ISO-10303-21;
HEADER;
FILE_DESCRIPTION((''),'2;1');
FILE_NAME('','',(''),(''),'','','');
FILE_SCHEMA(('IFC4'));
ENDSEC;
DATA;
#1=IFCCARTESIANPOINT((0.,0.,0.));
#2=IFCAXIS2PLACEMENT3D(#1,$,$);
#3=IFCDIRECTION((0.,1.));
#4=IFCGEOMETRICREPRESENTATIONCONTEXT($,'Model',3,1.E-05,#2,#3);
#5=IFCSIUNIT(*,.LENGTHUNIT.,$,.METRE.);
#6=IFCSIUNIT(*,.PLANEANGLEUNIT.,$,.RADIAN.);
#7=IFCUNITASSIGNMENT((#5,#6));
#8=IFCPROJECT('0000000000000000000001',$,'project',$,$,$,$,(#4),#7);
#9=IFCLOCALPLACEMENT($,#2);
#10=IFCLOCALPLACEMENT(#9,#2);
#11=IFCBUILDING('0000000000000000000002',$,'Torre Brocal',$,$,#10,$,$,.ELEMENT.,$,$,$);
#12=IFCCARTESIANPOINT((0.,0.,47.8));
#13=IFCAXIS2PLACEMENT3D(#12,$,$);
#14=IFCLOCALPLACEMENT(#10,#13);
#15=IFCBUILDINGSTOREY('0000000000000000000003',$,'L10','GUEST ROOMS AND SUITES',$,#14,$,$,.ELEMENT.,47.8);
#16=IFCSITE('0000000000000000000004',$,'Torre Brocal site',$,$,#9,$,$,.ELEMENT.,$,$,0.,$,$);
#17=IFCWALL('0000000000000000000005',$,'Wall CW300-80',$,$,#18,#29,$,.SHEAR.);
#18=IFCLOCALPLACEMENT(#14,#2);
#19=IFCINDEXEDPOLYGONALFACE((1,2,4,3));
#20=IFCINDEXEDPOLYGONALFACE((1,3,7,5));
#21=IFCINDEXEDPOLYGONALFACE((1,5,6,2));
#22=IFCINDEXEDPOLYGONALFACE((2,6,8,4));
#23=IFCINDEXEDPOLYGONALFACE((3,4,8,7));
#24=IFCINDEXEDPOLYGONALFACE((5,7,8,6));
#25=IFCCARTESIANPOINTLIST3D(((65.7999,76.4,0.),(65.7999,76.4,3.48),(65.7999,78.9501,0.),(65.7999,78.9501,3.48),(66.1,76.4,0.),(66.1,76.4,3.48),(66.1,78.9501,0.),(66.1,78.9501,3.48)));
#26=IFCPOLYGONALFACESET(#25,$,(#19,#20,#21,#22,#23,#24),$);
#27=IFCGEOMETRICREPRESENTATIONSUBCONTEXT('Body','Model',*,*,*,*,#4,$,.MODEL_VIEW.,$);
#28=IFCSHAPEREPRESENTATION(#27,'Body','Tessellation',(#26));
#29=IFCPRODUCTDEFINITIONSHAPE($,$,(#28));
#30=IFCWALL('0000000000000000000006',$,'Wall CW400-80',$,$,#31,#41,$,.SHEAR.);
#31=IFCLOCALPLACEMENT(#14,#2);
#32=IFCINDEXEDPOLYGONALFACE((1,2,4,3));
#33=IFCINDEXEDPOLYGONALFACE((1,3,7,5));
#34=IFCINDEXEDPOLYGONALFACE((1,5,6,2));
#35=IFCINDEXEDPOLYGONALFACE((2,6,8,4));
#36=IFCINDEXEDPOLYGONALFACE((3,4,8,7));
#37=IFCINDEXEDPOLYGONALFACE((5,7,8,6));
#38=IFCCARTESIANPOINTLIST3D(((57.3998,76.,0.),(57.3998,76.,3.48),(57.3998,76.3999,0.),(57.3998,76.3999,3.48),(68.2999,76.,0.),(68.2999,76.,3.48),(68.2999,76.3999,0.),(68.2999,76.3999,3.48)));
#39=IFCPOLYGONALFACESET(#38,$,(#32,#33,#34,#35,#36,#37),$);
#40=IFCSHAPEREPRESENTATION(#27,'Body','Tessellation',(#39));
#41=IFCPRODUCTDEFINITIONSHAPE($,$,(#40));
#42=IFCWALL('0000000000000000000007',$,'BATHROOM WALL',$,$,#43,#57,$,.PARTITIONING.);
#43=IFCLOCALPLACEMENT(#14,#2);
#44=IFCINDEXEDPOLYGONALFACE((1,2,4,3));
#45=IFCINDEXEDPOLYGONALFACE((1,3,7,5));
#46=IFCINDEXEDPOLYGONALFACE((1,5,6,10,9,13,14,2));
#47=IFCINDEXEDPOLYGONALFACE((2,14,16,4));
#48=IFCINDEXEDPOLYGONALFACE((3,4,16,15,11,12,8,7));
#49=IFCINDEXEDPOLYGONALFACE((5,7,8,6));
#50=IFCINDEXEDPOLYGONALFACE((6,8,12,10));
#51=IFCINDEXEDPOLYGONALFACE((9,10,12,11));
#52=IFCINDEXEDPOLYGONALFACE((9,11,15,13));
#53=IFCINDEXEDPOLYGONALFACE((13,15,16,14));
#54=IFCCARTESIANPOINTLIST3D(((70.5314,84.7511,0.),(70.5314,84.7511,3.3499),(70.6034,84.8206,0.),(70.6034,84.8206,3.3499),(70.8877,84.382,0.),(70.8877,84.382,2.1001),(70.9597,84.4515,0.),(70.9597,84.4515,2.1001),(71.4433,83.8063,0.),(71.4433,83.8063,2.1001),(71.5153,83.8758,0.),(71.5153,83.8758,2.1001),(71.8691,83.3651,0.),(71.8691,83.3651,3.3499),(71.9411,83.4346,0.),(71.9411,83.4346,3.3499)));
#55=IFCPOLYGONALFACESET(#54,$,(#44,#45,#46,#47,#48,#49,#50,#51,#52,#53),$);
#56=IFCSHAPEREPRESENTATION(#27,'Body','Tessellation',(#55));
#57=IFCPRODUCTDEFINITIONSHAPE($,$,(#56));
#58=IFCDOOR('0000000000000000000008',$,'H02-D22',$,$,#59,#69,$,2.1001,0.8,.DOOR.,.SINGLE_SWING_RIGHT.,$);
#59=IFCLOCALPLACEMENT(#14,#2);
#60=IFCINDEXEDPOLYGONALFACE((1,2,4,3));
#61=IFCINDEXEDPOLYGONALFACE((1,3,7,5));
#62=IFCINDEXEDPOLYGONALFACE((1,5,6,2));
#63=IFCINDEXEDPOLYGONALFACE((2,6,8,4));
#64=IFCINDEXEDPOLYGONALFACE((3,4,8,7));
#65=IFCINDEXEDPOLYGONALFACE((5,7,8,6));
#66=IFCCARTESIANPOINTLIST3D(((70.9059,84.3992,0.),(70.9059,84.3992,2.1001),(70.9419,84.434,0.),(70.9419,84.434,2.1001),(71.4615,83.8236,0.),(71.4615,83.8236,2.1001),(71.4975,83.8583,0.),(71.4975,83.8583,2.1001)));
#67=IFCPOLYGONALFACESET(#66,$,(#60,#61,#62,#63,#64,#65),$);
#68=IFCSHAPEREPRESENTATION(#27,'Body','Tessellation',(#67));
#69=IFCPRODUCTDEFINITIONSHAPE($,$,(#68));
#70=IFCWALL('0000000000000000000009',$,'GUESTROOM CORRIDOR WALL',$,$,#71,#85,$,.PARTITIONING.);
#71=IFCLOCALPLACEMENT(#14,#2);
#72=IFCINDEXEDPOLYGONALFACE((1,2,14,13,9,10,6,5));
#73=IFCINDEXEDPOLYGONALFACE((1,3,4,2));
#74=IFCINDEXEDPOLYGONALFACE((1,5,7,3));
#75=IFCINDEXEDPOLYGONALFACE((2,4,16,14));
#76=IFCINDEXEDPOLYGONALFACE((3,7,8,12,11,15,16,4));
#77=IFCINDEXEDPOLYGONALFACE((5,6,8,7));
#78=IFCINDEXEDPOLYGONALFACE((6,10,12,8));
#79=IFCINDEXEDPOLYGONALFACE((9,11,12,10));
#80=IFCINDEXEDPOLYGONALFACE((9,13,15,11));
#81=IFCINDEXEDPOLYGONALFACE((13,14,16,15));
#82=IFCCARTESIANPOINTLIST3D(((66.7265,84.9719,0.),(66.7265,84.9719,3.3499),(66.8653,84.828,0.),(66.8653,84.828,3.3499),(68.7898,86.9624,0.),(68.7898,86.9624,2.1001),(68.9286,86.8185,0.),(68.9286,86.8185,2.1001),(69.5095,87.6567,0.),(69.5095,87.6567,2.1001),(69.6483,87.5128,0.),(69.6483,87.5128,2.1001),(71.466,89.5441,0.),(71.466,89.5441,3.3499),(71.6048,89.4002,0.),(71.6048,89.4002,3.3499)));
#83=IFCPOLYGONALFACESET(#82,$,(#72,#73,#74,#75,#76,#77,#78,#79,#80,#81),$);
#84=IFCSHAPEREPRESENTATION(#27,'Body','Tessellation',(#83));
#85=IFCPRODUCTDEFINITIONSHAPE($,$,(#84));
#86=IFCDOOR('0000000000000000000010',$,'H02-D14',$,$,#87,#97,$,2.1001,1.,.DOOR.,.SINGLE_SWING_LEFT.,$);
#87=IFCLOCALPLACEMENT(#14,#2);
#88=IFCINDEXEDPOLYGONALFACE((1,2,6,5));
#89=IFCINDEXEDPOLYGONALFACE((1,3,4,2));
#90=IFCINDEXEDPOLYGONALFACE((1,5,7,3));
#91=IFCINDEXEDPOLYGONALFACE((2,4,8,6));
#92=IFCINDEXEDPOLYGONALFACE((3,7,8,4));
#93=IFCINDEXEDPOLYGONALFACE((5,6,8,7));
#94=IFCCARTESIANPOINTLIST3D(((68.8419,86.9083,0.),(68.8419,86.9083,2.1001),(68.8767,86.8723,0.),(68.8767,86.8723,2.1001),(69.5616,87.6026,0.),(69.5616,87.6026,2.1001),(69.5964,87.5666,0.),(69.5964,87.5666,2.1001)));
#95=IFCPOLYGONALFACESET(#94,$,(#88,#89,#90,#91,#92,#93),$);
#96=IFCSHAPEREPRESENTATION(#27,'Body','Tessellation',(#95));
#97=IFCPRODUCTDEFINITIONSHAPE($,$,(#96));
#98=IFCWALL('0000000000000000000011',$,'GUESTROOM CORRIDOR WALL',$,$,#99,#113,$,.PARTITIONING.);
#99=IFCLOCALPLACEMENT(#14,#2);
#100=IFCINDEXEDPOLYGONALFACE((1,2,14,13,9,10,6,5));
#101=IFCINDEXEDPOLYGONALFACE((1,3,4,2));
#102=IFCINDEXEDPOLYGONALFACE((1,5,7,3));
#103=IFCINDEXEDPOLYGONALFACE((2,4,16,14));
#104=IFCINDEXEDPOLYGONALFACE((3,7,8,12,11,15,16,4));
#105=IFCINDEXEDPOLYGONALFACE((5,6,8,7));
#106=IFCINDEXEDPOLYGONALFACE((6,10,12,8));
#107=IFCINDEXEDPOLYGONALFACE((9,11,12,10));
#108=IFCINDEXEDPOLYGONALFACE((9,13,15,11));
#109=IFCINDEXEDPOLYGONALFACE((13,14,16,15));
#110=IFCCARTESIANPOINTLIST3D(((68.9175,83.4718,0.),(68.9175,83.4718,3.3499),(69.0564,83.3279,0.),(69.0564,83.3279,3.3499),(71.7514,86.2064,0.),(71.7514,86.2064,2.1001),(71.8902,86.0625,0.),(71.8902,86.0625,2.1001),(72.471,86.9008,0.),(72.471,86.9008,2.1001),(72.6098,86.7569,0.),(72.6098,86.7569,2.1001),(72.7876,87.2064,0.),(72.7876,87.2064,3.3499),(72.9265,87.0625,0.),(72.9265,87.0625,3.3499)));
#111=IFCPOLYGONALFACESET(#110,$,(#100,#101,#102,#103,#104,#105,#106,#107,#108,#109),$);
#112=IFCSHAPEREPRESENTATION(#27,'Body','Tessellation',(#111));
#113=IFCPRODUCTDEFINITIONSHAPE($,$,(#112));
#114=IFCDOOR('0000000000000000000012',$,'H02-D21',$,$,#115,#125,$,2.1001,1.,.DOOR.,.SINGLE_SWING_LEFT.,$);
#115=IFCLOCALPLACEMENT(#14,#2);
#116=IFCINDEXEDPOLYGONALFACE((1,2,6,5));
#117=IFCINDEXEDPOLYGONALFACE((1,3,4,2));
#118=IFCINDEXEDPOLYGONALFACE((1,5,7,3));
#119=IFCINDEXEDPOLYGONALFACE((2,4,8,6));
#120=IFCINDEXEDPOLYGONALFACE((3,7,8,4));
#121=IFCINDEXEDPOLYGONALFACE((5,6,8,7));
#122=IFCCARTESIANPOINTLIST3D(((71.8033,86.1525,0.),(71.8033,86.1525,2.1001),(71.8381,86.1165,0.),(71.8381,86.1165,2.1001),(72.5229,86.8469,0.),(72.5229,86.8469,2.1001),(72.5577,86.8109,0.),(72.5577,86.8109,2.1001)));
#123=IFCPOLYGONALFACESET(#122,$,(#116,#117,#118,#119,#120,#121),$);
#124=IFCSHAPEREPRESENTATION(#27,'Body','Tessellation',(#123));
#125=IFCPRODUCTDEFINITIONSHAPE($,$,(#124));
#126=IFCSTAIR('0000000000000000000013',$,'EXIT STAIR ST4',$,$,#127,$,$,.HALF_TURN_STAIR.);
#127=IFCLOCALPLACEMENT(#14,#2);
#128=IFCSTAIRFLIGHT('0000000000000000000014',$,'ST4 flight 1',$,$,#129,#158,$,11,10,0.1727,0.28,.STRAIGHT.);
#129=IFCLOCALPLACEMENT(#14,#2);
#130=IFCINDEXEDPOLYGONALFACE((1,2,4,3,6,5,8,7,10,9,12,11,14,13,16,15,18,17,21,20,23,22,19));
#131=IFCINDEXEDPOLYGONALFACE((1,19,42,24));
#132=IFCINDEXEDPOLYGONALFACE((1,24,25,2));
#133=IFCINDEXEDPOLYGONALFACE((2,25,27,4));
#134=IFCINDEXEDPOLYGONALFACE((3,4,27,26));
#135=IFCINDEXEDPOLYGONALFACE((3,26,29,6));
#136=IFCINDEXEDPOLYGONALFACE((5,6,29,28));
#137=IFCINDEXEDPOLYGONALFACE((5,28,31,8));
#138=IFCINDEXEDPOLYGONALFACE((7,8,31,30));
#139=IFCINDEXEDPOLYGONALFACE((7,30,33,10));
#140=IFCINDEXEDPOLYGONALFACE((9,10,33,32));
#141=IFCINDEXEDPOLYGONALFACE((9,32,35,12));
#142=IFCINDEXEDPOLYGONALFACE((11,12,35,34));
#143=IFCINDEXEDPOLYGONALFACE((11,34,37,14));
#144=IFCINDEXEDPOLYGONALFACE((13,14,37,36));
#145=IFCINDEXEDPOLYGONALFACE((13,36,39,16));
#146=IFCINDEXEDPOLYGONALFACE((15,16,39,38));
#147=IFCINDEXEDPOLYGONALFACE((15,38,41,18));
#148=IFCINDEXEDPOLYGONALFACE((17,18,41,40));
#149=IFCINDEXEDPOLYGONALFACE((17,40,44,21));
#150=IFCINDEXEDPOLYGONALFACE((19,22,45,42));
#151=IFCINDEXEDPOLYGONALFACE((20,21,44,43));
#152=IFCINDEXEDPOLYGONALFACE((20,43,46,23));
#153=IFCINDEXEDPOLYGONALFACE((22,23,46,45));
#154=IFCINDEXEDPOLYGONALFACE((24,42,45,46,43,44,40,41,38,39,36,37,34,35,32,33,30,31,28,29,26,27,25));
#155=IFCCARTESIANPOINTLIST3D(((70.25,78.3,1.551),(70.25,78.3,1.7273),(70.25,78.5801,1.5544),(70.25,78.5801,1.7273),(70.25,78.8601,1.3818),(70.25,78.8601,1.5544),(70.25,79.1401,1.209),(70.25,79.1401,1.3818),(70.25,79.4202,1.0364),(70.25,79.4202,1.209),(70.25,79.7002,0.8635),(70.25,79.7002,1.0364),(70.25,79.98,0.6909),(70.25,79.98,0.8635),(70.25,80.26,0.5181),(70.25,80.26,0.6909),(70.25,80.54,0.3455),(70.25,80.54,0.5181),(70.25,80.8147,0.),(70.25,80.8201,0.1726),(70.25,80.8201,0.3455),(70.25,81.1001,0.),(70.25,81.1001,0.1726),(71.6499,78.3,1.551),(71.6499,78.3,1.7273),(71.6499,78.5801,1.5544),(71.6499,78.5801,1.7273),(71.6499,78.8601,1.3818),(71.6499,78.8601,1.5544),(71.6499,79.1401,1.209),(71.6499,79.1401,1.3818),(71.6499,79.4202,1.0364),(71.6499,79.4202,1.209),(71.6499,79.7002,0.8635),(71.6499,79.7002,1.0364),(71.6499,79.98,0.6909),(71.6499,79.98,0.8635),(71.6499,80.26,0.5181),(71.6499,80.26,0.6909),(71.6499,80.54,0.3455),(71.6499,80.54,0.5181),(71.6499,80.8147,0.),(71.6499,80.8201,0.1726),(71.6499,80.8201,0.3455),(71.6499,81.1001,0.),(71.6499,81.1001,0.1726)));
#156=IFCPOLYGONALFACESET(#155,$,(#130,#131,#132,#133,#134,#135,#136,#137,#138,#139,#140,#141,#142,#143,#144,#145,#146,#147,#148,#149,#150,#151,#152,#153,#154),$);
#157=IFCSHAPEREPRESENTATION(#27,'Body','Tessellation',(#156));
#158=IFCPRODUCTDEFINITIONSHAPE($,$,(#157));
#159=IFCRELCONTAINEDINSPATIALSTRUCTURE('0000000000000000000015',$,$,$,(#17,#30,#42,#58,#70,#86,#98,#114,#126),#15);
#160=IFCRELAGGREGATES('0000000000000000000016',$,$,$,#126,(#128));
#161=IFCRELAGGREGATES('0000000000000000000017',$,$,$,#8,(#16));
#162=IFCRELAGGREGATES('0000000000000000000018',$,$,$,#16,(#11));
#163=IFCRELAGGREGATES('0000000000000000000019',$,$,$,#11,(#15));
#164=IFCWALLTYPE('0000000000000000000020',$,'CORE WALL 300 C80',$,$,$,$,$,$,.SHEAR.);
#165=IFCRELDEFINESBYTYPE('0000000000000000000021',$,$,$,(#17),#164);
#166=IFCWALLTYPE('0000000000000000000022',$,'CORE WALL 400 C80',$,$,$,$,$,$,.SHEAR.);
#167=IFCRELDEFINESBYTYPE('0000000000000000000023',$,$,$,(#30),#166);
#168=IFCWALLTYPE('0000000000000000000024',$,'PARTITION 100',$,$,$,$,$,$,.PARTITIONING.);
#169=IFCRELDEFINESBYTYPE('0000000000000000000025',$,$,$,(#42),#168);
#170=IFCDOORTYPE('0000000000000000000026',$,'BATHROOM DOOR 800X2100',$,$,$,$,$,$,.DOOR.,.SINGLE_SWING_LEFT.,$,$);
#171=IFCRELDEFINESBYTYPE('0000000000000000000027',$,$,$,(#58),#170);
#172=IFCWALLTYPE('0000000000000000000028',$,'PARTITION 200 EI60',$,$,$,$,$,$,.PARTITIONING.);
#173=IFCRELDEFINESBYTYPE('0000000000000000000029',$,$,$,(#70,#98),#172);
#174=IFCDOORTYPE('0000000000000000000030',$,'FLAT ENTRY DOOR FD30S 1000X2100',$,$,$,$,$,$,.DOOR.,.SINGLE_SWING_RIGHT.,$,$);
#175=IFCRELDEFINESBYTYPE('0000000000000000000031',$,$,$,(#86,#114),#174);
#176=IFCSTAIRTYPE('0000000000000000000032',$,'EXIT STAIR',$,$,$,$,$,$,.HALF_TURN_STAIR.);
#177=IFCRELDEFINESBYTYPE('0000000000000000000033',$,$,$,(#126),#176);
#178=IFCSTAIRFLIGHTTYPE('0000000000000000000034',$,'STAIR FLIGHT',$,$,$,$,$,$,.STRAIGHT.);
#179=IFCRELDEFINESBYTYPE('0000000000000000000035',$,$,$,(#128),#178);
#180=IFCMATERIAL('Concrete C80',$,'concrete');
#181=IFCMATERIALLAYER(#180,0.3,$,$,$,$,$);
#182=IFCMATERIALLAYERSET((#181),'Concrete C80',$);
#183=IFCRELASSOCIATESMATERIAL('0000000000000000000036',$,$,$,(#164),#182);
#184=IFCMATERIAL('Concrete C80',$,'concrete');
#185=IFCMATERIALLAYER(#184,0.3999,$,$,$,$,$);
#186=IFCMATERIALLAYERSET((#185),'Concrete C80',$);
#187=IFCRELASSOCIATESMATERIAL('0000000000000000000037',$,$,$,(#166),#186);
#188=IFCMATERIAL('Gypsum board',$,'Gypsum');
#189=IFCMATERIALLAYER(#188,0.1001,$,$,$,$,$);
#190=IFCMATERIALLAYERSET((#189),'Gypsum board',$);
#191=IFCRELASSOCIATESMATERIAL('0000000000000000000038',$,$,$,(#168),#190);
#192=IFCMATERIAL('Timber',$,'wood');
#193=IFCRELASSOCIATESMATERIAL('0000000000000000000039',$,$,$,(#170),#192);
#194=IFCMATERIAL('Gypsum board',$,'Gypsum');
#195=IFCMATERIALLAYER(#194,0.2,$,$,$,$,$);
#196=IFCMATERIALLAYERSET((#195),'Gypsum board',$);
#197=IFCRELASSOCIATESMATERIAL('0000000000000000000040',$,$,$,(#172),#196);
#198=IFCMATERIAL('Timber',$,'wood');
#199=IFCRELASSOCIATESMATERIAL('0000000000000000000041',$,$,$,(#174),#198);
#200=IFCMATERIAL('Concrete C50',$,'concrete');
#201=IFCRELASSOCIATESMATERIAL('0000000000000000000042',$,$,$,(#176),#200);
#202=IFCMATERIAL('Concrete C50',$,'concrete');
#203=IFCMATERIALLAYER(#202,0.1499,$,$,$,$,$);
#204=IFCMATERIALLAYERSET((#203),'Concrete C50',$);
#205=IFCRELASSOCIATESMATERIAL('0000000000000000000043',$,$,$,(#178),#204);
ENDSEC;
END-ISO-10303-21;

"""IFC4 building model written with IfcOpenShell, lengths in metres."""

from ifc_helpers import new_model, si_unit, direction, frame, frame_2d, origin, place, context, subcontext, project, spatial, polyline, rectangle, outline, extrude, material, layer, layer_set, type_object, element, fill, aggregate, save


model = new_model("IFC4")

# Units and contexts
model_context = context("Model", 3, precision=1e-05, world=origin(), true_north=direction((0.0, 1.0)))
body_context = subcontext(model_context, "Body", "Model", "MODEL_VIEW")
ifc_project = project(units=[si_unit("LENGTHUNIT", "METRE"), si_unit("PLANEANGLEUNIT", "RADIAN")], contexts=[model_context])

# Site, building, storey
site_placement = place(None, origin())
site = spatial("IfcSite", under=ifc_project, at=site_placement, Name="Torre Brocal site", CompositionType="ELEMENT", RefElevation=0.0)
building_placement = place(site_placement, origin())
building = spatial("IfcBuilding", under=site, at=building_placement, Name="Torre Brocal", CompositionType="ELEMENT")
storey_placement = place(building_placement, frame((0.0, 0.0, 47.8)))
storey = spatial("IfcBuildingStorey", under=building, at=storey_placement, Name="L10", Description="GUEST ROOMS AND SUITES", CompositionType="ELEMENT", Elevation=47.8)

# Shared definitions
ifc_material_1 = material(Name="Concrete C80", Category="concrete")
ifc_layer_1 = layer(ifc_material_1, 0.3)
ifc_layer_set_1 = layer_set([ifc_layer_1], Name="Concrete C80")
wall_type_1 = type_object("IfcWallType", Name="CORE WALL 300 C80", PredefinedType="SHEAR", material=ifc_layer_set_1)

# Walls
wall_1_placement = place(storey_placement, frame((65.95, 78.95, 0.0), z_axis=(0.0, 0.0, 1.0), x_axis=(0.0, -1.0, 0.0)))
element("IfcWall", 1, at=wall_1_placement, inside=storey, type_object=wall_type_1, Name="Wall CW300-80", PredefinedType="SHEAR", context=body_context, shape_type="SweptSolid", body=[
    extrude(rectangle(XDim=2.55, YDim=0.3, at=frame_2d((1.2749, 0.0))), origin(), (0.0, 0.0, 1.0), 3.48),
])
ifc_material_2 = material(Name="Concrete C80", Category="concrete")
ifc_layer_2 = layer(ifc_material_2, 0.3999)
ifc_layer_set_2 = layer_set([ifc_layer_2], Name="Concrete C80")
wall_type_2 = type_object("IfcWallType", Name="CORE WALL 400 C80", PredefinedType="SHEAR", material=ifc_layer_set_2)
wall_2_placement = place(storey_placement, frame((68.3, 76.2, 0.0), z_axis=(0.0, 0.0, 1.0), x_axis=(-1.0, 0.0, 0.0)))
element("IfcWall", 2, at=wall_2_placement, inside=storey, type_object=wall_type_2, Name="Wall CW400-80", PredefinedType="SHEAR", context=body_context, shape_type="SweptSolid", body=[
    extrude(rectangle(XDim=10.9001, YDim=0.3999, at=frame_2d((5.4502, 0.0))), origin(), (0.0, 0.0, 1.0), 3.48),
])

# Walls, openings, doors
ifc_material_3 = material(Name="Gypsum board", Category="Gypsum")
ifc_layer_3 = layer(ifc_material_3, 0.1001)
ifc_layer_set_3 = layer_set([ifc_layer_3], Name="Gypsum board")
wall_type_3 = type_object("IfcWallType", Name="PARTITION 100", PredefinedType="PARTITIONING", material=ifc_layer_set_3)
wall_3_placement = place(storey_placement, frame((70.5674, 84.7859, 0.0), z_axis=(0.0, 0.0, 1.0), x_axis=(0.694447, -0.719543, 0.0)))
wall_3 = element("IfcWall", 3, at=wall_3_placement, inside=storey, type_object=wall_type_3, Name="BATHROOM WALL", PredefinedType="PARTITIONING", context=body_context, shape_type="SweptSolid", body=[
    extrude(rectangle(XDim=1.9263, YDim=0.1001, at=frame_2d((0.9631, 0.0))), origin(), (0.0, 0.0, 1.0), 3.3499),
])
opening_1_placement = place(wall_3_placement, frame((0.5132, 0.0, 0.0)))
opening_1 = element("IfcOpeningElement", 4, at=opening_1_placement, cuts=wall_3, PredefinedType="OPENING", context=body_context, shape_type="SweptSolid", body=[
    extrude(rectangle(XDim=0.8, YDim=2.1001, at=frame_2d((0.3999, 1.05))), frame((0.0, 0.0601, 0.0), z_axis=(0.0, -1.0, 0.0), x_axis=(1.0, 0.0, 0.0)), (0.0, 0.0, 1.0), 0.1201),
])
ifc_material_4 = material(Name="Timber", Category="wood")
door_type_1 = type_object("IfcDoorType", Name="BATHROOM DOOR 800X2100", OperationType="SINGLE_SWING_LEFT", PredefinedType="DOOR", material=ifc_material_4)
door_1_placement = place(opening_1_placement, frame((0.8, 0.0, 0.0), z_axis=(0.0, 0.0, 1.0), x_axis=(-1.0, 0.0, 0.0)))
door_1 = element("IfcDoor", 5, at=door_1_placement, inside=storey, type_object=door_type_1, Name="H02-D22", OperationType="SINGLE_SWING_RIGHT", OverallHeight=2.1001, OverallWidth=0.8, PredefinedType="DOOR", context=body_context, shape_type="SweptSolid", body=[
    extrude(rectangle(XDim=0.8, YDim=2.1001, at=frame_2d((0.3999, 1.05))), frame((0.0, 0.0249, 0.0), z_axis=(0.0, -1.0, 0.0), x_axis=(1.0, 0.0, 0.0)), (0.0, 0.0, 1.0), 0.05),
])
fill(opening_1, door_1)
ifc_material_5 = material(Name="Gypsum board", Category="Gypsum")
ifc_layer_4 = layer(ifc_material_5, 0.2)
ifc_layer_set_4 = layer_set([ifc_layer_4], Name="Gypsum board")
wall_type_4 = type_object("IfcWallType", Name="PARTITION 200 EI60", PredefinedType="PARTITIONING", material=ifc_layer_set_4)
wall_4_placement = place(storey_placement, frame((66.7959, 84.8999, 0.0), z_axis=(0.0, 0.0, 1.0), x_axis=(0.71969, 0.694295, 0.0)))
wall_4 = element("IfcWall", 6, at=wall_4_placement, inside=storey, type_object=wall_type_4, Name="GUESTROOM CORRIDOR WALL", PredefinedType="PARTITIONING", context=body_context, shape_type="SweptSolid", body=[
    extrude(rectangle(XDim=6.5854, YDim=0.2, at=frame_2d((3.2927, 0.0))), origin(), (0.0, 0.0, 1.0), 3.3499),
])
opening_2_placement = place(wall_4_placement, frame((2.8669, 0.0, 0.0)))
opening_2 = element("IfcOpeningElement", 7, at=opening_2_placement, cuts=wall_4, PredefinedType="OPENING", context=body_context, shape_type="SweptSolid", body=[
    extrude(rectangle(XDim=1.0, YDim=2.1001, at=frame_2d((0.5, 1.05))), frame((0.0, 0.1099, 0.0), z_axis=(0.0, -1.0, 0.0), x_axis=(1.0, 0.0, 0.0)), (0.0, 0.0, 1.0), 0.22),
])
ifc_material_6 = material(Name="Timber", Category="wood")
door_type_2 = type_object("IfcDoorType", Name="FLAT ENTRY DOOR FD30S 1000X2100", OperationType="SINGLE_SWING_RIGHT", PredefinedType="DOOR", material=ifc_material_6)
door_2_placement = place(opening_2_placement, origin())
door_2 = element("IfcDoor", 8, at=door_2_placement, inside=storey, type_object=door_type_2, Name="H02-D14", OperationType="SINGLE_SWING_LEFT", OverallHeight=2.1001, OverallWidth=1.0, PredefinedType="DOOR", context=body_context, shape_type="SweptSolid", body=[
    extrude(rectangle(XDim=1.0, YDim=2.1001, at=frame_2d((0.5, 1.05))), frame((0.0, 0.0249, 0.0), z_axis=(0.0, -1.0, 0.0), x_axis=(1.0, 0.0, 0.0)), (0.0, 0.0, 1.0), 0.05),
])
fill(opening_2, door_2)
wall_5_placement = place(storey_placement, frame((68.9871, 83.3999, 0.0), z_axis=(0.0, 0.0, 1.0), x_axis=(0.719592, 0.694398, 0.0)))
wall_5 = element("IfcWall", 9, at=wall_5_placement, inside=storey, type_object=wall_type_4, Name="GUESTROOM CORRIDOR WALL", PredefinedType="PARTITIONING", context=body_context, shape_type="SweptSolid", body=[
    extrude(rectangle(XDim=5.3782, YDim=0.2, at=frame_2d((2.689, 0.0))), origin(), (0.0, 0.0, 1.0), 3.3499),
])
opening_3_placement = place(wall_5_placement, frame((3.938, 0.0, 0.0)))
opening_3 = element("IfcOpeningElement", 10, at=opening_3_placement, cuts=wall_5, PredefinedType="OPENING", context=body_context, shape_type="SweptSolid", body=[
    extrude(rectangle(XDim=1.0, YDim=2.1001, at=frame_2d((0.5, 1.05))), frame((0.0, 0.1099, 0.0), z_axis=(0.0, -1.0, 0.0), x_axis=(1.0, 0.0, 0.0)), (0.0, 0.0, 1.0), 0.22),
])
door_3_placement = place(opening_3_placement, frame((1.0, 0.0, 0.0), z_axis=(0.0, 0.0, 1.0), x_axis=(-1.0, 0.0, 0.0)))
door_3 = element("IfcDoor", 11, at=door_3_placement, inside=storey, type_object=door_type_2, Name="H02-D21", OperationType="SINGLE_SWING_LEFT", OverallHeight=2.1001, OverallWidth=1.0, PredefinedType="DOOR", context=body_context, shape_type="SweptSolid", body=[
    extrude(rectangle(XDim=1.0, YDim=2.1001, at=frame_2d((0.5, 1.05))), frame((0.0, 0.0249, 0.0), z_axis=(0.0, -1.0, 0.0), x_axis=(1.0, 0.0, 0.0)), (0.0, 0.0, 1.0), 0.05),
])
fill(opening_3, door_3)

# Stair, stair flight
ifc_material_7 = material(Name="Concrete C50", Category="concrete")
stair_type = type_object("IfcStairType", Name="EXIT STAIR", PredefinedType="HALF_TURN_STAIR", material=ifc_material_7)
stair_placement = place(storey_placement, origin())
stair = element("IfcStair", 12, at=stair_placement, inside=storey, type_object=stair_type, Name="EXIT STAIR ST4", PredefinedType="HALF_TURN_STAIR")
ifc_material_8 = material(Name="Concrete C50", Category="concrete")
ifc_layer_5 = layer(ifc_material_8, 0.1499)
ifc_layer_set_5 = layer_set([ifc_layer_5], Name="Concrete C50")
stair_flight_type = type_object("IfcStairFlightType", Name="STAIR FLIGHT", PredefinedType="STRAIGHT", material=ifc_layer_set_5)
stair_flight_1_placement = place(storey_placement, frame((70.95, 81.1001, 0.0), z_axis=(0.0, 0.0, 1.0), x_axis=(0.0, -1.0, 0.0)))
stair_flight_1 = element("IfcStairFlight", 13, at=stair_flight_1_placement, type_object=stair_flight_type, Name="ST4 flight 1", NumberOfRisers=11, NumberOfTreads=10, PredefinedType="STRAIGHT", RiserHeight=0.1727, TreadLength=0.28, context=body_context, shape_type="SweptSolid", body=[
    extrude(outline(polyline([(0.0, 0.0), (0.0, 0.1726), (0.28, 0.1726), (0.28, 0.3455), (0.5601, 0.3455), (0.5601, 0.5181), (0.8401, 0.5181), (0.8401, 0.6909), (1.1201, 0.6909), (1.1201, 0.8635), (1.3999, 0.8635), (1.3999, 1.0364), (1.6799, 1.0364), (1.6799, 1.209), (1.96, 1.209), (1.96, 1.3818), (2.24, 1.3818), (2.24, 1.5544), (2.52, 1.5544), (2.52, 1.7273), (2.8, 1.7273), (2.8, 1.8999), (2.8, 1.551), (0.2854, 0.0), (0.0, 0.0)])), frame((0.0, 0.7, 0.0), z_axis=(0.0, -1.0, 0.0), x_axis=(1.0, 0.0, 0.0)), (0.0, 0.0, 1.0), 1.3999),
])
aggregate(stair, [stair_flight_1])

save(model, "model.ifc")
